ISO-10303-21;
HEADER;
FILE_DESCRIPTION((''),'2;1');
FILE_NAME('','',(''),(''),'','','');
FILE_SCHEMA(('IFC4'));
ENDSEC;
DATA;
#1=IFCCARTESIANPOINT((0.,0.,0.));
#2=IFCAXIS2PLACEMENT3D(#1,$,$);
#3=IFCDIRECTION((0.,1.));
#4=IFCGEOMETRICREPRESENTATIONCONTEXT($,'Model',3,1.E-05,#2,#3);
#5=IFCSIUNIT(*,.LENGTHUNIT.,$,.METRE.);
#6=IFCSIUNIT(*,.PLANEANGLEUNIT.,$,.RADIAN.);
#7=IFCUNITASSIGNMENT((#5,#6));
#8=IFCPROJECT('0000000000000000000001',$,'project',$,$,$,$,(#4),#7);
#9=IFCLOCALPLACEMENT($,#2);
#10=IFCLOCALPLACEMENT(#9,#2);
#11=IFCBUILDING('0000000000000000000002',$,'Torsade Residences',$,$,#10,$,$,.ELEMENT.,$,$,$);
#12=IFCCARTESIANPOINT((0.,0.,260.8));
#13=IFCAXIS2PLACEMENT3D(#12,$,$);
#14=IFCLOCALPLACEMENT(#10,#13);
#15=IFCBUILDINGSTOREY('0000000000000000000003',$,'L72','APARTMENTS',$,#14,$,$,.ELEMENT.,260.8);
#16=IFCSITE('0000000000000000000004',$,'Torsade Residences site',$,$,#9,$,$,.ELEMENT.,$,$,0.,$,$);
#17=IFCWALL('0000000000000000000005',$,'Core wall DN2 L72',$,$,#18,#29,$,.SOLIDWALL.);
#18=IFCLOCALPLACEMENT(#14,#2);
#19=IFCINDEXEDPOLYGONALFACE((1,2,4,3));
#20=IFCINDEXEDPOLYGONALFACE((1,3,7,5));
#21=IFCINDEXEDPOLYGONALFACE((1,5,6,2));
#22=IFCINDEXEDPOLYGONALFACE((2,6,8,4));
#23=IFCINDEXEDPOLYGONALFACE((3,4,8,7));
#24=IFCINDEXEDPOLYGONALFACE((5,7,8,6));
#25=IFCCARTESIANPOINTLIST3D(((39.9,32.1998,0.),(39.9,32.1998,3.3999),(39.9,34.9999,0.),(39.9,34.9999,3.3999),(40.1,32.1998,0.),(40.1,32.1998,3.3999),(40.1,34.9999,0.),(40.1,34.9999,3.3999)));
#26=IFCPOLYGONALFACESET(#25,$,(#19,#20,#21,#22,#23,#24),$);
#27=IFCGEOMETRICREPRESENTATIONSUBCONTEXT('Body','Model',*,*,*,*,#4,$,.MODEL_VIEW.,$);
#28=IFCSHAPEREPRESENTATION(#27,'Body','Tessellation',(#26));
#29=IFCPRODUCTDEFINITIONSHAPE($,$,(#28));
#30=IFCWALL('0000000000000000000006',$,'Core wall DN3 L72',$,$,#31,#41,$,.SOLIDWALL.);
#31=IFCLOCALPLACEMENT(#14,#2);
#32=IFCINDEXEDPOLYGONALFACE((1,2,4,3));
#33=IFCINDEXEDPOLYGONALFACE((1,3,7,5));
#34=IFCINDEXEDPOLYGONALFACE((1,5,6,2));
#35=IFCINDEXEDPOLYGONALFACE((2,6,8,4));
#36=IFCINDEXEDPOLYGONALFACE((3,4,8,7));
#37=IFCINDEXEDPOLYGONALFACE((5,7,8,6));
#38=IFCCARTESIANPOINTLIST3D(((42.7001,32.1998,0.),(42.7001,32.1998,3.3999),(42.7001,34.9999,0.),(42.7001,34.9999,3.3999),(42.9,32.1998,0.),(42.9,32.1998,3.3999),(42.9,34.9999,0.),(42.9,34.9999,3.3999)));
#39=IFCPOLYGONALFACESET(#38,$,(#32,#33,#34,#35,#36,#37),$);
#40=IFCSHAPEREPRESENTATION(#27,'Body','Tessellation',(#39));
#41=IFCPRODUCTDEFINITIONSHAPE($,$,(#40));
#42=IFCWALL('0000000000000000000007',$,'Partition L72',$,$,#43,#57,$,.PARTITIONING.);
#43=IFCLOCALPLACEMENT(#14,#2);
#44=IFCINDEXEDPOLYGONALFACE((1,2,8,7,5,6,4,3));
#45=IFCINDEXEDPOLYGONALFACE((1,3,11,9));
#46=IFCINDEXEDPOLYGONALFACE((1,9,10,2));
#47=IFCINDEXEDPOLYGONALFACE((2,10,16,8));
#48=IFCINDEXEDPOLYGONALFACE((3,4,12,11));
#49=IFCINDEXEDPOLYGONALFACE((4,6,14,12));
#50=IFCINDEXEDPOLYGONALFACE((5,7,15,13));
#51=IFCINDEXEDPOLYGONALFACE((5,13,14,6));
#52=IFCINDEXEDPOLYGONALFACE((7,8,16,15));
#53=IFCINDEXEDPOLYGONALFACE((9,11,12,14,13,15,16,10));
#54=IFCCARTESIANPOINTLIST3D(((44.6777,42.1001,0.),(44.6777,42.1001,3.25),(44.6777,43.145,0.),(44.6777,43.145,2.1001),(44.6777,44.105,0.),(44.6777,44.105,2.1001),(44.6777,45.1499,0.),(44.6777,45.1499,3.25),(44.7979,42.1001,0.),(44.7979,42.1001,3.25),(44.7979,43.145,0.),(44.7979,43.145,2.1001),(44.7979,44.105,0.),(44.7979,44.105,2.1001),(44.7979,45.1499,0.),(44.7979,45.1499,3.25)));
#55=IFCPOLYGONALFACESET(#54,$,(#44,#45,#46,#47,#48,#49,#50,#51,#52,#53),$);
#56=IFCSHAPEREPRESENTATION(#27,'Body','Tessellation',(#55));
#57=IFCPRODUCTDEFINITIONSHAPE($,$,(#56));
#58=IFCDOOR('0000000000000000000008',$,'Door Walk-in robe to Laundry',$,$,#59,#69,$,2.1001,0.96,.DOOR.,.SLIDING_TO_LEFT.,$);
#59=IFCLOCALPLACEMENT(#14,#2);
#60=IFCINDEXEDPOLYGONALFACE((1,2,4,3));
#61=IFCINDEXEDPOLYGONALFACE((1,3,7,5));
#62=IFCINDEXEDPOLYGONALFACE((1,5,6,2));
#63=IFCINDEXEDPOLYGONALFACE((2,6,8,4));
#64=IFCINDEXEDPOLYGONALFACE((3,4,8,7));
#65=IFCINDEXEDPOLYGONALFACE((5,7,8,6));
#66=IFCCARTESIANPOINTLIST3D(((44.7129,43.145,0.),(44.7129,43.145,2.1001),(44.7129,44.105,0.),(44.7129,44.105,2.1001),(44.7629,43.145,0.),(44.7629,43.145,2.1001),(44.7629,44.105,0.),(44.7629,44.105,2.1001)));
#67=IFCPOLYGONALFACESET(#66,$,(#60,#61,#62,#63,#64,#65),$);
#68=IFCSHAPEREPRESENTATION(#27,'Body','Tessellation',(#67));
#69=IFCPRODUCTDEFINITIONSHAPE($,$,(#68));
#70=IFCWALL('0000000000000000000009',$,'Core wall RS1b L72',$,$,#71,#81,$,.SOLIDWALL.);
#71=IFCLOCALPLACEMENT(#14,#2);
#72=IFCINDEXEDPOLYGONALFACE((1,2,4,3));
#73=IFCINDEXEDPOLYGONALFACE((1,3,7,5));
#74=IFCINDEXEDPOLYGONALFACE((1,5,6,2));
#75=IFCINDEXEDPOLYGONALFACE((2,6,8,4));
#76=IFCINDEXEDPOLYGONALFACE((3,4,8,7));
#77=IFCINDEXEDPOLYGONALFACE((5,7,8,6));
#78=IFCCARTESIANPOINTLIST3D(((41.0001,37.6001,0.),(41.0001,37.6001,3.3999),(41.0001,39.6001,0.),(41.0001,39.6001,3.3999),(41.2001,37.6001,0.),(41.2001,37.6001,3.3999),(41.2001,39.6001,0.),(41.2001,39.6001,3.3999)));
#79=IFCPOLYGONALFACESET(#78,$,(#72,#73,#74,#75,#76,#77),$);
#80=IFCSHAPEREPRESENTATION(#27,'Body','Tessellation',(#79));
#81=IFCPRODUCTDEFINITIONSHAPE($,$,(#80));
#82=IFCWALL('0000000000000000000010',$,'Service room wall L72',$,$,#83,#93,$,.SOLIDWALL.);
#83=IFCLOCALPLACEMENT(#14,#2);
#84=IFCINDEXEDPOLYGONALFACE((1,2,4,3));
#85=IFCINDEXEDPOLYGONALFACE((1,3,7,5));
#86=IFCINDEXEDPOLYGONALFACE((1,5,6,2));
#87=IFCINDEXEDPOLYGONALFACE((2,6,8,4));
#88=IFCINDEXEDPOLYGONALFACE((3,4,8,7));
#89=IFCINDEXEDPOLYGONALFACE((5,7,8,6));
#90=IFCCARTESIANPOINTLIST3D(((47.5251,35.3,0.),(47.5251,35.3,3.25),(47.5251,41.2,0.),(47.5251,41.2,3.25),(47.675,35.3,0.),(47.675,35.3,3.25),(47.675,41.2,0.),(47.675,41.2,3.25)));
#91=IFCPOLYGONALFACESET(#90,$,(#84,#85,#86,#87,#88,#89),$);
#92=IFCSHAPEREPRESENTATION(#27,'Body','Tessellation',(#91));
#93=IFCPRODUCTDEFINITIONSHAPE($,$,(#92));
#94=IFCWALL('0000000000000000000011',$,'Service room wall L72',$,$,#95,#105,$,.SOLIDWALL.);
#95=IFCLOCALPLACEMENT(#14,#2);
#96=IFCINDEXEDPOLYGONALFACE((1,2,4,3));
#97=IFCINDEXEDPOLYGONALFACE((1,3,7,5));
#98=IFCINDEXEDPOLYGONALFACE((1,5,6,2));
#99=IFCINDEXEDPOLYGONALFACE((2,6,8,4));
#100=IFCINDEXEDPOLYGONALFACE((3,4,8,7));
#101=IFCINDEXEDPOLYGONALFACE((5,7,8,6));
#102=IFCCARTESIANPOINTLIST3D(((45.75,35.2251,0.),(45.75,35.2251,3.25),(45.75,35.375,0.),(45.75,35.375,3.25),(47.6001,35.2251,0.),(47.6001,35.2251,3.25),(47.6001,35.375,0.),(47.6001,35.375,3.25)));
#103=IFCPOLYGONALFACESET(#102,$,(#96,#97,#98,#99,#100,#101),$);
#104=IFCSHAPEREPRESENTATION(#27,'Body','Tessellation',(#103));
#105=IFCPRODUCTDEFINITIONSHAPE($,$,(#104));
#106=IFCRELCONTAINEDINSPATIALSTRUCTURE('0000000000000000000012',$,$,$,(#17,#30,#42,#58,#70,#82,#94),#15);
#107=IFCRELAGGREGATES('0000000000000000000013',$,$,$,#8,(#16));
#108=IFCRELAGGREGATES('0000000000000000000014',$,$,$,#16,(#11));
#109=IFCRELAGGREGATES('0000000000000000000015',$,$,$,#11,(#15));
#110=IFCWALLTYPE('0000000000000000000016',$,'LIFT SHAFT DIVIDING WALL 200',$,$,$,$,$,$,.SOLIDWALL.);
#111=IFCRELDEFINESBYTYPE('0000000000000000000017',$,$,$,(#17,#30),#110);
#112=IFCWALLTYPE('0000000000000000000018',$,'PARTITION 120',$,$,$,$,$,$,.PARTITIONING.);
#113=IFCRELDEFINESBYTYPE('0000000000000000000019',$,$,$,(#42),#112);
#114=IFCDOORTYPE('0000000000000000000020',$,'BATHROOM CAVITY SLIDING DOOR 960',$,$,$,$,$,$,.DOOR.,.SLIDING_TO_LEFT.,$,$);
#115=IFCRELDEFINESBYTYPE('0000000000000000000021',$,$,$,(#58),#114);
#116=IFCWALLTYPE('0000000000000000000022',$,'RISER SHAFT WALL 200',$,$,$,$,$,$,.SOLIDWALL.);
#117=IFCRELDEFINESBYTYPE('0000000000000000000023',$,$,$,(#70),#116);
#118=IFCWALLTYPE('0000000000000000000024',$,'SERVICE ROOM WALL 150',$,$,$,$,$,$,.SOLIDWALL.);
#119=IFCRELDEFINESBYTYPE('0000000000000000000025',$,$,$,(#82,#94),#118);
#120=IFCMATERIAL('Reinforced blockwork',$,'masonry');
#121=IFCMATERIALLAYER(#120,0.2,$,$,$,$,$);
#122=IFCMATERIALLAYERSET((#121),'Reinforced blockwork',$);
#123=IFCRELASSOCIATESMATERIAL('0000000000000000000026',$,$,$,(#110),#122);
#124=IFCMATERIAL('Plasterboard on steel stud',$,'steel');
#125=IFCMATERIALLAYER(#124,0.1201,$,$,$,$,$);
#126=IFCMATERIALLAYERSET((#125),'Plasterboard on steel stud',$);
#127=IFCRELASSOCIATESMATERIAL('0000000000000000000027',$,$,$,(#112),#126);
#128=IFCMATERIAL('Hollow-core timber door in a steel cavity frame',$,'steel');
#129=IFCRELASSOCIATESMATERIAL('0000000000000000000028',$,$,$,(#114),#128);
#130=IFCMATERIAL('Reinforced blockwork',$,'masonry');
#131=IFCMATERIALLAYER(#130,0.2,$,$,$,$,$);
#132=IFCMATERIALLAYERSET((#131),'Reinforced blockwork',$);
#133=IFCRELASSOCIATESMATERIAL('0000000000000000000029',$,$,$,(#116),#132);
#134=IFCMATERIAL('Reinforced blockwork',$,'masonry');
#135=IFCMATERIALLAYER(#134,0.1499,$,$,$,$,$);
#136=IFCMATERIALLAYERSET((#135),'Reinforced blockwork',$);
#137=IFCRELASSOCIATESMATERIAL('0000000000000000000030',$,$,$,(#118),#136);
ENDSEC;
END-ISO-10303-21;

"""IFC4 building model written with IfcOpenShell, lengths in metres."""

from ifc_helpers import new_model, si_unit, direction, frame, frame_2d, origin, place, context, subcontext, project, spatial, rectangle, extrude, material, layer, layer_set, type_object, element, fill, save


model = new_model("IFC4")

# Units and contexts
model_context = context("Model", 3, precision=1e-05, world=origin(), true_north=direction((0.0, 1.0)))
body_context = subcontext(model_context, "Body", "Model", "MODEL_VIEW")
ifc_project = project(units=[si_unit("LENGTHUNIT", "METRE"), si_unit("PLANEANGLEUNIT", "RADIAN")], contexts=[model_context])

# Site, building, storey
site_placement = place(None, origin())
site = spatial("IfcSite", under=ifc_project, at=site_placement, Name="Torsade Residences site", CompositionType="ELEMENT", RefElevation=0.0)
building_placement = place(site_placement, origin())
building = spatial("IfcBuilding", under=site, at=building_placement, Name="Torsade Residences", CompositionType="ELEMENT")
storey_placement = place(building_placement, frame((0.0, 0.0, 260.8)))
storey = spatial("IfcBuildingStorey", under=building, at=storey_placement, Name="L72", Description="APARTMENTS", CompositionType="ELEMENT", Elevation=260.8)

# Walls
ifc_material_1 = material(Name="Reinforced blockwork", Category="masonry")
ifc_layer_1 = layer(ifc_material_1, 0.2)
ifc_layer_set_1 = layer_set([ifc_layer_1], Name="Reinforced blockwork")
wall_type_1 = type_object("IfcWallType", Name="LIFT SHAFT DIVIDING WALL 200", PredefinedType="SOLIDWALL", material=ifc_layer_set_1)
for number, where, z_axis, x_axis, name in (
    (1, (40.0, 32.2, 0.0), (0.0, 0.0, 1.0), (0.0, 1.0, 0.0), "Core wall DN2 L72"),
    (2, (42.8, 32.2, 0.0), (0.0, 0.0, 1.0), (0.0, 1.0, 0.0), "Core wall DN3 L72"),
):
    element("IfcWall", number, at=place(storey_placement, frame(where, z_axis=z_axis, x_axis=x_axis)), inside=storey, type_object=wall_type_1, Name=name, PredefinedType="SOLIDWALL", context=body_context, shape_type="SweptSolid", body=[
        extrude(rectangle(XDim=2.8, YDim=0.2, at=frame_2d((1.3999, 0.0))), origin(), (0.0, 0.0, 1.0), 3.3999),
    ])

# Wall, opening, door
ifc_material_2 = material(Name="Plasterboard on steel stud", Category="steel")
ifc_layer_2 = layer(ifc_material_2, 0.1201)
ifc_layer_set_2 = layer_set([ifc_layer_2], Name="Plasterboard on steel stud")
wall_type_2 = type_object("IfcWallType", Name="PARTITION 120", PredefinedType="PARTITIONING", material=ifc_layer_set_2)
wall_1_placement = place(storey_placement, frame((44.7378, 42.1001, 0.0), z_axis=(0.0, 0.0, 1.0), x_axis=(0.0, 1.0, 0.0)))
wall_1 = element("IfcWall", 3, at=wall_1_placement, inside=storey, type_object=wall_type_2, Name="Partition L72", PredefinedType="PARTITIONING", context=body_context, shape_type="SweptSolid", body=[
    extrude(rectangle(XDim=3.0498, YDim=0.1201, at=frame_2d((1.5249, 0.0))), origin(), (0.0, 0.0, 1.0), 3.25),
])
opening_1_placement = place(wall_1_placement, frame((1.0449, 0.0, 0.0)))
opening_1 = element("IfcOpeningElement", 4, at=opening_1_placement, cuts=wall_1, PredefinedType="OPENING", context=body_context, shape_type="SweptSolid", body=[
    extrude(rectangle(XDim=0.96, YDim=2.1001, at=frame_2d((0.48, 1.05))), frame((0.0, 0.0701, 0.0), z_axis=(0.0, -1.0, 0.0), x_axis=(1.0, 0.0, 0.0)), (0.0, 0.0, 1.0), 0.1401),
])
ifc_material_3 = material(Name="Hollow-core timber door in a steel cavity frame", Category="steel")
door_type_1 = type_object("IfcDoorType", Name="BATHROOM CAVITY SLIDING DOOR 960", OperationType="SLIDING_TO_LEFT", PredefinedType="DOOR", material=ifc_material_3)
door_1_placement = place(opening_1_placement, origin())
door_1 = element("IfcDoor", 5, at=door_1_placement, inside=storey, type_object=door_type_1, Name="Door Walk-in robe to Laundry", OperationType="SLIDING_TO_LEFT", OverallHeight=2.1001, OverallWidth=0.96, PredefinedType="DOOR", context=body_context, shape_type="SweptSolid", body=[
    extrude(rectangle(XDim=0.96, YDim=2.1001, at=frame_2d((0.48, 1.05))), frame((0.0, 0.0249, 0.0), z_axis=(0.0, -1.0, 0.0), x_axis=(1.0, 0.0, 0.0)), (0.0, 0.0, 1.0), 0.05),
])
fill(opening_1, door_1)

# Walls
ifc_material_4 = material(Name="Reinforced blockwork", Category="masonry")
ifc_layer_3 = layer(ifc_material_4, 0.2)
ifc_layer_set_3 = layer_set([ifc_layer_3], Name="Reinforced blockwork")
wall_type_3 = type_object("IfcWallType", Name="RISER SHAFT WALL 200", PredefinedType="SOLIDWALL", material=ifc_layer_set_3)
wall_2_placement = place(storey_placement, frame((41.1001, 37.6001, 0.0), z_axis=(0.0, 0.0, 1.0), x_axis=(0.0, 1.0, 0.0)))
element("IfcWall", 6, at=wall_2_placement, inside=storey, type_object=wall_type_3, Name="Core wall RS1b L72", PredefinedType="SOLIDWALL", context=body_context, shape_type="SweptSolid", body=[
    extrude(rectangle(XDim=2.0, YDim=0.2, at=frame_2d((1.0, 0.0))), origin(), (0.0, 0.0, 1.0), 3.3999),
])
ifc_material_5 = material(Name="Reinforced blockwork", Category="masonry")
ifc_layer_4 = layer(ifc_material_5, 0.1499)
ifc_layer_set_4 = layer_set([ifc_layer_4], Name="Reinforced blockwork")
wall_type_4 = type_object("IfcWallType", Name="SERVICE ROOM WALL 150", PredefinedType="SOLIDWALL", material=ifc_layer_set_4)
wall_3_placement = place(storey_placement, frame((47.6001, 41.2, 0.0), z_axis=(0.0, 0.0, 1.0), x_axis=(0.0, -1.0, 0.0)))
element("IfcWall", 7, at=wall_3_placement, inside=storey, type_object=wall_type_4, Name="Service room wall L72", PredefinedType="SOLIDWALL", context=body_context, shape_type="SweptSolid", body=[
    extrude(rectangle(XDim=5.8999, YDim=0.1499, at=frame_2d((2.95, 0.0))), origin(), (0.0, 0.0, 1.0), 3.25),
])
wall_4_placement = place(storey_placement, frame((47.6001, 35.3, 0.0), z_axis=(0.0, 0.0, 1.0), x_axis=(-1.0, 0.0, 0.0)))
element("IfcWall", 8, at=wall_4_placement, inside=storey, type_object=wall_type_4, Name="Service room wall L72", PredefinedType="SOLIDWALL", context=body_context, shape_type="SweptSolid", body=[
    extrude(rectangle(XDim=1.8501, YDim=0.1499, at=frame_2d((0.925, 0.0))), origin(), (0.0, 0.0, 1.0), 3.25),
])

save(model, "model.ifc")
